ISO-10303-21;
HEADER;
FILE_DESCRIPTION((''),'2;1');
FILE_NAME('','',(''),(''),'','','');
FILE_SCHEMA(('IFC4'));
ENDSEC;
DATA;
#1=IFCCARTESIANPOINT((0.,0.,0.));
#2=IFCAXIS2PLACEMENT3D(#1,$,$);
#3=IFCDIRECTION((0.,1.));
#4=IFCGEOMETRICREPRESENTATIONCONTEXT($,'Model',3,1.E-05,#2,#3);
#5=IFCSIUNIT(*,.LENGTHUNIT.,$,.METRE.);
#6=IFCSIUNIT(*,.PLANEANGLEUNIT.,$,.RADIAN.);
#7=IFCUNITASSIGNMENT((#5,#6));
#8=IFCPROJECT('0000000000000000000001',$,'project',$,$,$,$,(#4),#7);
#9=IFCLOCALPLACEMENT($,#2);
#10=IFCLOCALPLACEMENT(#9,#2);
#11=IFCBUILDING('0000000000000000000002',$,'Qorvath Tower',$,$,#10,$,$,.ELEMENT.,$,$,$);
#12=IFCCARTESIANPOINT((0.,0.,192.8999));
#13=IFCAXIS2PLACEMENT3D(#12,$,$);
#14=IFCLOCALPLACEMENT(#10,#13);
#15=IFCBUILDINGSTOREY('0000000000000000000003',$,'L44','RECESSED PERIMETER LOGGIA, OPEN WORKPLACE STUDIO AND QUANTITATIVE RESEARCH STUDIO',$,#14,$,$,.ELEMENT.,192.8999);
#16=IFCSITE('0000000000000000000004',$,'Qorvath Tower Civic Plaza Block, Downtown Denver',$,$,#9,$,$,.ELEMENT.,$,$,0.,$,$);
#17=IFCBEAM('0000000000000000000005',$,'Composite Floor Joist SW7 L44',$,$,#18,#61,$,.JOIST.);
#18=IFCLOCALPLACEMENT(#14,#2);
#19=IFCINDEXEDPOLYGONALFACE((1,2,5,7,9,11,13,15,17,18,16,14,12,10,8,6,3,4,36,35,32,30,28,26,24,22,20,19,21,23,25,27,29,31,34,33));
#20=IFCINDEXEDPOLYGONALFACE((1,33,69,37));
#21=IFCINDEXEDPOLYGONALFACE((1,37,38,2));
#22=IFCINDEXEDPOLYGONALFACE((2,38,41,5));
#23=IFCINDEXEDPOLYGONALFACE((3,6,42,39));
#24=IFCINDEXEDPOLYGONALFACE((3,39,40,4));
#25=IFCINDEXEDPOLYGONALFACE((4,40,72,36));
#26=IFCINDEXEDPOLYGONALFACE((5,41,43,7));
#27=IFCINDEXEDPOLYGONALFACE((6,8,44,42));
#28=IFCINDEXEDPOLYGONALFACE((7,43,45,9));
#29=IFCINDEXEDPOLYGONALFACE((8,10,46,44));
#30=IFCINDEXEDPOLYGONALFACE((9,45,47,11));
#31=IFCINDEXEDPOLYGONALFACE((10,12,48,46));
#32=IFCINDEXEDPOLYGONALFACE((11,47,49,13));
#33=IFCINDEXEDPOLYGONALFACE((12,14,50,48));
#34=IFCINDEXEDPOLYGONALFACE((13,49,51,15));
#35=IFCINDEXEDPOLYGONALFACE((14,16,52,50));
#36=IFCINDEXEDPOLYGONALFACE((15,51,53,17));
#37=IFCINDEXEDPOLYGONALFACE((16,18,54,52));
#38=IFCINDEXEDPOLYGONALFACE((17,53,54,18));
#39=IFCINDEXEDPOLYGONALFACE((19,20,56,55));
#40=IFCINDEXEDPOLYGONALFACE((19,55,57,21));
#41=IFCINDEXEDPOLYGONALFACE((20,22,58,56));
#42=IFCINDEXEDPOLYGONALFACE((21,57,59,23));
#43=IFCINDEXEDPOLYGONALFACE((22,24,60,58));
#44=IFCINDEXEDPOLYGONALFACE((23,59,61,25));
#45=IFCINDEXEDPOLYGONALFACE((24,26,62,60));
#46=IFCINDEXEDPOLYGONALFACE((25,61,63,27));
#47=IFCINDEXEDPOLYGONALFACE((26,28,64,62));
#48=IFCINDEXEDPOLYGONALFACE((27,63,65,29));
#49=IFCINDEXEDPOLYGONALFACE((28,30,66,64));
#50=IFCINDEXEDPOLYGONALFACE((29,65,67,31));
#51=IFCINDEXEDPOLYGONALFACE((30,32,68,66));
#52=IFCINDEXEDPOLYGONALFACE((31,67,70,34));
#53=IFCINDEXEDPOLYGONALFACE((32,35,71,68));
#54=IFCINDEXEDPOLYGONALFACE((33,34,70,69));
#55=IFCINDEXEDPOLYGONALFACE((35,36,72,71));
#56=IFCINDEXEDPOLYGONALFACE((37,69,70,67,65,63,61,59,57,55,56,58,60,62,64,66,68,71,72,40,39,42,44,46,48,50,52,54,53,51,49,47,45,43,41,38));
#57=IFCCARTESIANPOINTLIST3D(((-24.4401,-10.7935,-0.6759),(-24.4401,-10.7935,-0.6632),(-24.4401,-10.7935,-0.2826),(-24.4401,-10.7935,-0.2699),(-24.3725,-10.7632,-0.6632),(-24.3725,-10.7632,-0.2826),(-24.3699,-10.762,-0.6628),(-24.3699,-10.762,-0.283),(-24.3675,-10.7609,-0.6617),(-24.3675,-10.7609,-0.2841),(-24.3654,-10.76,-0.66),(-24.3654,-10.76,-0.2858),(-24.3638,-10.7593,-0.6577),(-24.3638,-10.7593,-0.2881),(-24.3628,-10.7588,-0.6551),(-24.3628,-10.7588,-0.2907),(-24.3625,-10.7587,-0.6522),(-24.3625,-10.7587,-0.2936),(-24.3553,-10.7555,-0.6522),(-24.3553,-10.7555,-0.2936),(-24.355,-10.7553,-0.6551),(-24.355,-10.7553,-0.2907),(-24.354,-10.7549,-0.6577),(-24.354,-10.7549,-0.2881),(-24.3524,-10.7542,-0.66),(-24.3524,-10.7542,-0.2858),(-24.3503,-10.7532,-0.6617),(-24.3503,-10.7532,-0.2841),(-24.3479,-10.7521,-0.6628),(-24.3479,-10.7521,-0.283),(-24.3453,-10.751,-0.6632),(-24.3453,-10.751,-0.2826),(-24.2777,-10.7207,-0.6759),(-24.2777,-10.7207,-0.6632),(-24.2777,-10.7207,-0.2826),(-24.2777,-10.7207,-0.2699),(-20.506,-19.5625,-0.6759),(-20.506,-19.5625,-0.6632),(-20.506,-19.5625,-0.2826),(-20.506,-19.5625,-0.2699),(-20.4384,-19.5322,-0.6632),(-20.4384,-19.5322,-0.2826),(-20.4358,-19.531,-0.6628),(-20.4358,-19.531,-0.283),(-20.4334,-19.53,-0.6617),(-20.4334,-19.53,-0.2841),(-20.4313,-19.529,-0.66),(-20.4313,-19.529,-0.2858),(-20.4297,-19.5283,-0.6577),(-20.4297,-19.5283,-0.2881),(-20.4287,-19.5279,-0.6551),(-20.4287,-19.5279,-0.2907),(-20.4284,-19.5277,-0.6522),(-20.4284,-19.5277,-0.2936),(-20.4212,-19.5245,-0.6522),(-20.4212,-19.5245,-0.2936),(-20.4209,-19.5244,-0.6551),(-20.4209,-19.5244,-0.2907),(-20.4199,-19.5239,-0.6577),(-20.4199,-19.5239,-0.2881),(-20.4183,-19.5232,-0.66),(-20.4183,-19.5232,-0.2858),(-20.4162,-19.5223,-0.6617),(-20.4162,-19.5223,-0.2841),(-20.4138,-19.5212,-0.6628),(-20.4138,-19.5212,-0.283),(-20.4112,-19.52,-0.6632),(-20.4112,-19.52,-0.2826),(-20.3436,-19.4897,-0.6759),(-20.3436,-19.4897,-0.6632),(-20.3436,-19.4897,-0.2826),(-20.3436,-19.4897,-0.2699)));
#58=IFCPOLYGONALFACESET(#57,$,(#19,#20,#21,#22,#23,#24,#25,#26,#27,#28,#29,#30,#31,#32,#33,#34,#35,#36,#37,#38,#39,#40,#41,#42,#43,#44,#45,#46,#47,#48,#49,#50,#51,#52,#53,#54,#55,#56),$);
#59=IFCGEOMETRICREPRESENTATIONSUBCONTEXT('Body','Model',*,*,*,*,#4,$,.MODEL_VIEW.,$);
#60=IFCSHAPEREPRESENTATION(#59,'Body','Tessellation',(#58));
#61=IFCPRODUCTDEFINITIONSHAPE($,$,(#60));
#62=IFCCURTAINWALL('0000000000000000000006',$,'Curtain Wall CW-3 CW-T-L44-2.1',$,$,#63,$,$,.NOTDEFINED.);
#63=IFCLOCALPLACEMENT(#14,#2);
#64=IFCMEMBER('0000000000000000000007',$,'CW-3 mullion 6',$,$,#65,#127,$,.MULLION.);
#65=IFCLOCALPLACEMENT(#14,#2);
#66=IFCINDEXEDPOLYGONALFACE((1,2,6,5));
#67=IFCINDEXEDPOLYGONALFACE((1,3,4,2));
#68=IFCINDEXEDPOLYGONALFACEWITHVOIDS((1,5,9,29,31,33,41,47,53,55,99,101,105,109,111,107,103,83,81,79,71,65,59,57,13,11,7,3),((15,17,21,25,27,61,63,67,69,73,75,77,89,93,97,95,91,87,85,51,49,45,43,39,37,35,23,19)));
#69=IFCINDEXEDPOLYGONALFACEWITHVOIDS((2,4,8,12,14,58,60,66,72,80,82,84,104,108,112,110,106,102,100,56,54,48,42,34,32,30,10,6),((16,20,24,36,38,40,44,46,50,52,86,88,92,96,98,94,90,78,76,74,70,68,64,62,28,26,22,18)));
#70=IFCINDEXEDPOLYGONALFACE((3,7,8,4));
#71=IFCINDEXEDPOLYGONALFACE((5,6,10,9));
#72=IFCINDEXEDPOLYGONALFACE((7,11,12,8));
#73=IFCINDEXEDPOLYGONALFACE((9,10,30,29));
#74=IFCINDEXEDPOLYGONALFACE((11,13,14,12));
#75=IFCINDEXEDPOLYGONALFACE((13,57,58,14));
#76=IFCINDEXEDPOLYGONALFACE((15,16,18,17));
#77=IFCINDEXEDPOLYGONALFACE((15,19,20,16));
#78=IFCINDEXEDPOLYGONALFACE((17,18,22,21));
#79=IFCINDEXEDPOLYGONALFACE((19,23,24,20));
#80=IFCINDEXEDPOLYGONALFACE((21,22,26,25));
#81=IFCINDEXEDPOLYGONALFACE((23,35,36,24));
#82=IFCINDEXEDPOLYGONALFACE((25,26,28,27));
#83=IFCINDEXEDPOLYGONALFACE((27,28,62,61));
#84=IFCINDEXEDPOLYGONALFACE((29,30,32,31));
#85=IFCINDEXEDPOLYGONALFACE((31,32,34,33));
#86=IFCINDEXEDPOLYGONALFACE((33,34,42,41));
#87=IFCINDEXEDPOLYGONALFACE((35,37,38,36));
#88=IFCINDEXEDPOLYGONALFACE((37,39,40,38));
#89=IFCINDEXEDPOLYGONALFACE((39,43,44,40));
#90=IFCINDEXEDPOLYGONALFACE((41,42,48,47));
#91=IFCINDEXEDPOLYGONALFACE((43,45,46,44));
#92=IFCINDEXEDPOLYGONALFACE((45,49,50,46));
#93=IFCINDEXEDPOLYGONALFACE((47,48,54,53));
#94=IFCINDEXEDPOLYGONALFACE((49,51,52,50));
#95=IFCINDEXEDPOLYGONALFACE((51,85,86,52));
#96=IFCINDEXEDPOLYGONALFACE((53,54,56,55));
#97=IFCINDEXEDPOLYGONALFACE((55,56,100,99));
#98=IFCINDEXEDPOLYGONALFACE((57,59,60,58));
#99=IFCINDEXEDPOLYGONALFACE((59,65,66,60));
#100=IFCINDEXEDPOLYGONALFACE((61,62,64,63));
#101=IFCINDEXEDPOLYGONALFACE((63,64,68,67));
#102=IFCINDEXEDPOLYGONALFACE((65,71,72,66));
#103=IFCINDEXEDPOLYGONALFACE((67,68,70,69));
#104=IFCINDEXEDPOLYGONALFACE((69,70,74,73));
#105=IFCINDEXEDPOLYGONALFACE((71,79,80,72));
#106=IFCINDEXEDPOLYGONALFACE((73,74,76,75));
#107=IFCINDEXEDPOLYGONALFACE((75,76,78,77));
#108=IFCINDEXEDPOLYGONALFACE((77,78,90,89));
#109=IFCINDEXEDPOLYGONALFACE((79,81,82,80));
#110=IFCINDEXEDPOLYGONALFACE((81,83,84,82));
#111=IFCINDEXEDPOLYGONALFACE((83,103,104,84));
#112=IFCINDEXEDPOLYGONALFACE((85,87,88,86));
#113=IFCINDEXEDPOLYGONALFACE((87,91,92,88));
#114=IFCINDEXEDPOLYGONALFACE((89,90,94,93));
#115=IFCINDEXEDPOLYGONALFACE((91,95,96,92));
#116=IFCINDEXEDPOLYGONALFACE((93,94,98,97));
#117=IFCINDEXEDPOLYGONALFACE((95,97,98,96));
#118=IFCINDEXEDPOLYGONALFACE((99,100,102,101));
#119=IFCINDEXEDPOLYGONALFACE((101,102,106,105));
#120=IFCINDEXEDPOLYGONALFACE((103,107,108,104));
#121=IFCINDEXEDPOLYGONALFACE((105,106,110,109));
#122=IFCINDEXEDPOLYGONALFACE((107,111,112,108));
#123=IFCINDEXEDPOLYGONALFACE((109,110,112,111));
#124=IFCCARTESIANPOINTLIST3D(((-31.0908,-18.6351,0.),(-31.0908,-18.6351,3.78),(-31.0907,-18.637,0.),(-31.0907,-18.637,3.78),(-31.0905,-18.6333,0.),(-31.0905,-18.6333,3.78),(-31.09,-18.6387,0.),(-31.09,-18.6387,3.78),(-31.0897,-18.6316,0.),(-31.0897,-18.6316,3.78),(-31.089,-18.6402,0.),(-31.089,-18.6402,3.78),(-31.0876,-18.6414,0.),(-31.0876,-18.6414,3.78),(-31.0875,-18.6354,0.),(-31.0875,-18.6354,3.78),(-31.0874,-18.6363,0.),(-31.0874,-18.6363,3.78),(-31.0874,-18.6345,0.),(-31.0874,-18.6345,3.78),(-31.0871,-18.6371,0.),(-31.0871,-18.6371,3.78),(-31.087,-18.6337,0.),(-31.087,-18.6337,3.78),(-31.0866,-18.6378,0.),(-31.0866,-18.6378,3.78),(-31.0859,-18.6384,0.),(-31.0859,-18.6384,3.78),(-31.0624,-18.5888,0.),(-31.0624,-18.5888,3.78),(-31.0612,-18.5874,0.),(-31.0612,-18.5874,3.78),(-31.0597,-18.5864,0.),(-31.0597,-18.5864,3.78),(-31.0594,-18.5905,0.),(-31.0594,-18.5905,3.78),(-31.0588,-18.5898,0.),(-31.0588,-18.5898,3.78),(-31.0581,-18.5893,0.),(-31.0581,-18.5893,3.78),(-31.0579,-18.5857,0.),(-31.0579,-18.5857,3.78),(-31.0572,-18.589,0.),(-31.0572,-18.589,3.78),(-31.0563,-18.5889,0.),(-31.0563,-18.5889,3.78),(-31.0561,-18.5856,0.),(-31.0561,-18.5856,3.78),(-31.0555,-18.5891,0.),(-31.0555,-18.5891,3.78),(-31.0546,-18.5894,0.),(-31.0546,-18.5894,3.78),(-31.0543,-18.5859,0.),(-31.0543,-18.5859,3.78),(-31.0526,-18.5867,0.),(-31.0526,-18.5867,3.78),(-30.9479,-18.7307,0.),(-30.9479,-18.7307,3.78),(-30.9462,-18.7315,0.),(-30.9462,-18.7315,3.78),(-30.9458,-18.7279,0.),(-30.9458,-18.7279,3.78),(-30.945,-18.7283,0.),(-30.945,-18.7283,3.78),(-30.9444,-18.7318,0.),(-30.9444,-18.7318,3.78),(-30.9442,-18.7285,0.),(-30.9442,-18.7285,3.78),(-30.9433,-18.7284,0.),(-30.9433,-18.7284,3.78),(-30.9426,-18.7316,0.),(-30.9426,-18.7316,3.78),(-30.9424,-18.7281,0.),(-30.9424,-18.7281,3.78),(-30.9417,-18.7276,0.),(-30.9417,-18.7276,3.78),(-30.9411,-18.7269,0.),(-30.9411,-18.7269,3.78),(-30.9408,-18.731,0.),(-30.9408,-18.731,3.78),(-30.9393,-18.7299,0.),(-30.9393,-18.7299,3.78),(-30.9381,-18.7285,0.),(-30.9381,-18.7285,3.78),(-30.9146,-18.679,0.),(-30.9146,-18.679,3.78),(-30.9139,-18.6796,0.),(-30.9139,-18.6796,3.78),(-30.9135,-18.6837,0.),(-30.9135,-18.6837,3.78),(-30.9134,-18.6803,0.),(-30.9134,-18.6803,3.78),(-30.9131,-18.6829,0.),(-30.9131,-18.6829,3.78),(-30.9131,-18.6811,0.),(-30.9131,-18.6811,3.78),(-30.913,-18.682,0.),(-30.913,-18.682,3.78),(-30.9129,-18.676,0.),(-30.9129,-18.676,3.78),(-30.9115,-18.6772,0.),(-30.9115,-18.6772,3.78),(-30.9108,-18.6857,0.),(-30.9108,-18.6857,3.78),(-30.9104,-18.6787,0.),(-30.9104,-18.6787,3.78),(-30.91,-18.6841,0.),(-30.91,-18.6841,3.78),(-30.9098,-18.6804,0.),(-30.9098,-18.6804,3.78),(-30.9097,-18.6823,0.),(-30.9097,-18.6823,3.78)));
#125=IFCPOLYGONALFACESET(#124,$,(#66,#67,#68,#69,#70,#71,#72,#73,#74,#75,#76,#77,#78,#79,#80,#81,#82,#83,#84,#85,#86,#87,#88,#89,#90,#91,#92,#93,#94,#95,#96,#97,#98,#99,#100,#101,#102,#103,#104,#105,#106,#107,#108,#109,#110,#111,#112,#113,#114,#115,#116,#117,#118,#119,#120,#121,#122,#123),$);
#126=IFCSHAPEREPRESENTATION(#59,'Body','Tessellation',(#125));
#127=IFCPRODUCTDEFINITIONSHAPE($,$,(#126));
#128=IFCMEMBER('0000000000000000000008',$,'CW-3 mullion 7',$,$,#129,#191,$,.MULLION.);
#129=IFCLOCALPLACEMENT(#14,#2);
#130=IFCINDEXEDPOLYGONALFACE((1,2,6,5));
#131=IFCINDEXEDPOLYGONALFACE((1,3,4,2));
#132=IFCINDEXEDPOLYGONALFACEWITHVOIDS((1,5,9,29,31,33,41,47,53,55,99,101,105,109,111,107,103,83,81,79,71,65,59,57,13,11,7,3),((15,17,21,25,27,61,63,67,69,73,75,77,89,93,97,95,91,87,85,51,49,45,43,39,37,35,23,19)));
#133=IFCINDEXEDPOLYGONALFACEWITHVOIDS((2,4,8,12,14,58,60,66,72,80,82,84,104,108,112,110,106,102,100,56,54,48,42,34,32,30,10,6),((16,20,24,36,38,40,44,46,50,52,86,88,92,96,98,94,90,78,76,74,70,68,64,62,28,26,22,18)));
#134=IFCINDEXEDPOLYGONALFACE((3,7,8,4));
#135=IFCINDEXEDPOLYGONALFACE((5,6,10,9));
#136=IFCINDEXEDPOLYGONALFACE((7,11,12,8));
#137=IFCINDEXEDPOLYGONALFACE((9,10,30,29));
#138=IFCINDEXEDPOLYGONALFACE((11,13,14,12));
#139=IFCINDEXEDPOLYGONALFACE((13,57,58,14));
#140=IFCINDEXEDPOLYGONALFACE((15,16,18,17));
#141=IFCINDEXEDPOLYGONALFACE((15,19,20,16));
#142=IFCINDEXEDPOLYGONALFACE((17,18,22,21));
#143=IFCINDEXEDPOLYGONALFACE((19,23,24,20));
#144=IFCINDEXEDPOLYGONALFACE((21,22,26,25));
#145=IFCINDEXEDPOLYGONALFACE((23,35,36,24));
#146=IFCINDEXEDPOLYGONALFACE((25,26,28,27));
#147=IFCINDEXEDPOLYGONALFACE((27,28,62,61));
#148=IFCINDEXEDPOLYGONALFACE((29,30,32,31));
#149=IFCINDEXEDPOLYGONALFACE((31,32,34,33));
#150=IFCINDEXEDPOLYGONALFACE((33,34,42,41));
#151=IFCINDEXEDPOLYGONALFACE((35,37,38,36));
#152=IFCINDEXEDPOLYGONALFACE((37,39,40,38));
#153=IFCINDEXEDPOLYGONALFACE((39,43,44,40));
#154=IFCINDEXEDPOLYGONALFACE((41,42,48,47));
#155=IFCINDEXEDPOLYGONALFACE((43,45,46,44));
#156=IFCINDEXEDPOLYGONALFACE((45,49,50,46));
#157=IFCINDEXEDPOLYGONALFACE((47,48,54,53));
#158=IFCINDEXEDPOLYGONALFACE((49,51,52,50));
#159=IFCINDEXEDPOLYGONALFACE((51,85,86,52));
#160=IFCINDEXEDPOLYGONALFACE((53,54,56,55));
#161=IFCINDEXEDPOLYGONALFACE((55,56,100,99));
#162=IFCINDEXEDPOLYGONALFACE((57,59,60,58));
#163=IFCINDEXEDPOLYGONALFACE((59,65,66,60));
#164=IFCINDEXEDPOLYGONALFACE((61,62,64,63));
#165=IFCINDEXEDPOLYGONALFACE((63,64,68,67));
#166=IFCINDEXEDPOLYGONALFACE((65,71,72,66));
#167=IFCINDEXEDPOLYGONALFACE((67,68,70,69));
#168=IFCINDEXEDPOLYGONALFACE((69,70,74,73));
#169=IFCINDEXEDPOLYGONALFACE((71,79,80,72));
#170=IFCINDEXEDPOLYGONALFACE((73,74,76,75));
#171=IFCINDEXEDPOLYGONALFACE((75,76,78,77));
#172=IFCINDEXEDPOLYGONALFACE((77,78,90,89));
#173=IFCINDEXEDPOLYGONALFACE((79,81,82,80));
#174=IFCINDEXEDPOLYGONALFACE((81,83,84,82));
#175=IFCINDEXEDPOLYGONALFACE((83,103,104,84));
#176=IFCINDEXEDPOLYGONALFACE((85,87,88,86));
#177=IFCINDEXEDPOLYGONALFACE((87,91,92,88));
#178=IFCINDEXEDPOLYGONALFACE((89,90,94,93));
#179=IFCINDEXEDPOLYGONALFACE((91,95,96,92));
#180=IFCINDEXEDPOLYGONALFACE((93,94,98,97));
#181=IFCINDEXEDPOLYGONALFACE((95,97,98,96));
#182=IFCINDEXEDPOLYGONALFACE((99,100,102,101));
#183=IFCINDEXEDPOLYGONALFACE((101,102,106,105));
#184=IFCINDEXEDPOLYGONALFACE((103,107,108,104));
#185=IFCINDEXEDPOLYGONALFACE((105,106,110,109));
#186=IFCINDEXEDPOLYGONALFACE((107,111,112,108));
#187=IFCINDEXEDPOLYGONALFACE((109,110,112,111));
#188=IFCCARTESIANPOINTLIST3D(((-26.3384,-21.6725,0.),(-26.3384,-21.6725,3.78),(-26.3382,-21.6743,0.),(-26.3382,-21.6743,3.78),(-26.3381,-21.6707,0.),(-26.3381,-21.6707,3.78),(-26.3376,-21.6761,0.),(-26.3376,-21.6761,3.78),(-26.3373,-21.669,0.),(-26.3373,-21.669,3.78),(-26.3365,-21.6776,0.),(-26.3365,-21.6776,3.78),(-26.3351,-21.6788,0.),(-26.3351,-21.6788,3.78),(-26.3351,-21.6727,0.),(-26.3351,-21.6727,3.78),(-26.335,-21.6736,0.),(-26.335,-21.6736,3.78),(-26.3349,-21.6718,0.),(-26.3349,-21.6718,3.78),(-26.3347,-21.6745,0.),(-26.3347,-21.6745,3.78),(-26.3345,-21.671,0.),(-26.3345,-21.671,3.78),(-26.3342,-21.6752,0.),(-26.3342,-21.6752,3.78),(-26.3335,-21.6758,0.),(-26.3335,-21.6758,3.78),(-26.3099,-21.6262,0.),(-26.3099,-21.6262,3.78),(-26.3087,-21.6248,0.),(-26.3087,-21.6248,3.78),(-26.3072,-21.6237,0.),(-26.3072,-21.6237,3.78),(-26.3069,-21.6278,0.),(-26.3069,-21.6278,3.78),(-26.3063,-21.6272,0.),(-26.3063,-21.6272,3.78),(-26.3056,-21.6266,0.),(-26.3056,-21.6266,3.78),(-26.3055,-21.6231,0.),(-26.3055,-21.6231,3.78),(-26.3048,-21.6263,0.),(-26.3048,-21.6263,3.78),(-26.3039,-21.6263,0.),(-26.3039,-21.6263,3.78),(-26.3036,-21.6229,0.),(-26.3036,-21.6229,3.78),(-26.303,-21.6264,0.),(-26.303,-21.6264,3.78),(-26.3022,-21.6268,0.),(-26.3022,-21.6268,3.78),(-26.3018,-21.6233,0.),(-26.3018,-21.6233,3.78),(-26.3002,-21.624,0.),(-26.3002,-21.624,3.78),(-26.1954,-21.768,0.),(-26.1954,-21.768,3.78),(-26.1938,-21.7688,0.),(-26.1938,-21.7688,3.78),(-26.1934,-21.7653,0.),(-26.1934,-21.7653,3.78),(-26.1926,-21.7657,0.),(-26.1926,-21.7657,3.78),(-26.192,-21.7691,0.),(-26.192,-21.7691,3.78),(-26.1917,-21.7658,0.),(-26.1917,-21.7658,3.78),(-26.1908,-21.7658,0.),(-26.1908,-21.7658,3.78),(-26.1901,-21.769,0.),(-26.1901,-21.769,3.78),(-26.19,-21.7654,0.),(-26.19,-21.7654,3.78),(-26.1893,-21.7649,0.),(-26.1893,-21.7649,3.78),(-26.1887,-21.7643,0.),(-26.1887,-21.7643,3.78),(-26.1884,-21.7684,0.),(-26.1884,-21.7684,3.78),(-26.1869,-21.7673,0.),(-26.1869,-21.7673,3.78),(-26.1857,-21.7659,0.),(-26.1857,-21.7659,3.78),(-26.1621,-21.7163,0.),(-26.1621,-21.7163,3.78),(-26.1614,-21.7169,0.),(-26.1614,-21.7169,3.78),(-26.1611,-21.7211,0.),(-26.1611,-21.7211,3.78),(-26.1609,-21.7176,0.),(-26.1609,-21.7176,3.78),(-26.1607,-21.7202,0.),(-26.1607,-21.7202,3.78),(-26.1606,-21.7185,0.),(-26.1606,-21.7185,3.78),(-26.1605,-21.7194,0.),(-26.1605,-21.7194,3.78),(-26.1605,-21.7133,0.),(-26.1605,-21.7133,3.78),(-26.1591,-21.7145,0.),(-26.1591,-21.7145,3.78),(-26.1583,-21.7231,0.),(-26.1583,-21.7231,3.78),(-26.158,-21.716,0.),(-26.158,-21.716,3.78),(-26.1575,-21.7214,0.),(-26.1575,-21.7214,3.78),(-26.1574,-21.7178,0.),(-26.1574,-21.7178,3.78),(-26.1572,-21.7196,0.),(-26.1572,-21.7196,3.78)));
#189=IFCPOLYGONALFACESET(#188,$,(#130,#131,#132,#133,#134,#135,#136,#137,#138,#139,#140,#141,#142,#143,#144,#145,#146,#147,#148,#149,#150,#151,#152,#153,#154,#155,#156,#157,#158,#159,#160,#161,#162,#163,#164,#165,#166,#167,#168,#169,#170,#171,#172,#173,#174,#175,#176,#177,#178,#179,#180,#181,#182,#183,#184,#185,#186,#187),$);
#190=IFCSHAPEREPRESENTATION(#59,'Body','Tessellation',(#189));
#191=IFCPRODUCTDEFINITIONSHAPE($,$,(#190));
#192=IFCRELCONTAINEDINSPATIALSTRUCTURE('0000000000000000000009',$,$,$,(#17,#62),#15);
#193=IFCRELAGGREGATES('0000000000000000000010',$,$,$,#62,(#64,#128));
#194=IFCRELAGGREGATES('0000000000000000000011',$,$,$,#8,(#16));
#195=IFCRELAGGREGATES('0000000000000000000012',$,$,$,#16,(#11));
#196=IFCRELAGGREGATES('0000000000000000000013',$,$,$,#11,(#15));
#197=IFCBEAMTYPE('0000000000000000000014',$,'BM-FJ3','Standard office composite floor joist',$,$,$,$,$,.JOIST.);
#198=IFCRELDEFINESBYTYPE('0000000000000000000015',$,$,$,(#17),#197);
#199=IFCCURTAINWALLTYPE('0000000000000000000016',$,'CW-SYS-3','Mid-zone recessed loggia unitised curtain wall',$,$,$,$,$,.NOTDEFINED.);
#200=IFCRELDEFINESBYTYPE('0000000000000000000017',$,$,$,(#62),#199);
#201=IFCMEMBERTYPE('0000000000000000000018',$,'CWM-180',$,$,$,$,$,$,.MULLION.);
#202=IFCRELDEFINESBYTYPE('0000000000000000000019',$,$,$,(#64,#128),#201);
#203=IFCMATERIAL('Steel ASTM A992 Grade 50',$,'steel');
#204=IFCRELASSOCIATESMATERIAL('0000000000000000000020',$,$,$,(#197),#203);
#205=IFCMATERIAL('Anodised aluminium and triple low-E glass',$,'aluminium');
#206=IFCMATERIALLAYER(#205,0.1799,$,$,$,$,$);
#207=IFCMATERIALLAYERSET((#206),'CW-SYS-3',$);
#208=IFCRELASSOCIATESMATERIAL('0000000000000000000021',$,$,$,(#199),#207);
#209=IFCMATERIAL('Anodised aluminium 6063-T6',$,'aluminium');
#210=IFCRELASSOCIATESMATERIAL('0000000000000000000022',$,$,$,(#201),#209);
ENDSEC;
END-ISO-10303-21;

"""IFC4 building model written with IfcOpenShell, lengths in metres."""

from ifc_helpers import new_model, si_unit, direction, frame, origin, origin_2d, place, context, subcontext, project, spatial, hollow_rectangle, i_section, extrude, material, layer, layer_set, material_profile, profile_set, type_object, element, aggregate, save


model = new_model("IFC4")

# Units and contexts
model_context = context("Model", 3, precision=1e-05, world=origin(), true_north=direction((0.0, 1.0)))
body_context = subcontext(model_context, "Body", "Model", "MODEL_VIEW")
ifc_project = project(units=[si_unit("LENGTHUNIT", "METRE"), si_unit("PLANEANGLEUNIT", "RADIAN")], contexts=[model_context])

# Site, building, storey
site_placement = place(None, origin())
site = spatial("IfcSite", under=ifc_project, at=site_placement, Name="Qorvath Tower Civic Plaza Block, Downtown Denver", CompositionType="ELEMENT", RefElevation=0.0)
building_placement = place(site_placement, origin())
building = spatial("IfcBuilding", under=site, at=building_placement, Name="Qorvath Tower", CompositionType="ELEMENT")
storey_placement = place(building_placement, frame((0.0, 0.0, 192.8999)))
storey = spatial("IfcBuildingStorey", under=building, at=storey_placement, Name="L44", Description="RECESSED PERIMETER LOGGIA, OPEN WORKPLACE STUDIO AND QUANTITATIVE RESEARCH STUDIO", CompositionType="ELEMENT", Elevation=192.8999)

# Beam
ifc_material_1 = material(Name="Steel ASTM A992 Grade 50", Category="steel")
ifc_material_profile_1 = material_profile(ifc_material_1, i_section(OverallWidth=0.178, OverallDepth=0.406, WebThickness=0.0078, FlangeThickness=0.0127, FilletRadius=0.011, at=origin_2d()), Name="W16x40")
ifc_profile_set_1 = profile_set([ifc_material_profile_1], Name="Steel ASTM A992 Grade 50")
beam_type_1 = type_object("IfcBeamType", Name="BM-FJ3", Description="Standard office composite floor joist", PredefinedType="JOIST", material=ifc_profile_set_1)
beam_1_placement = place(storey_placement, frame((-24.3589, -10.7571, -0.4729), z_axis=(0.409327, -0.912388, 0.0), x_axis=(0.912388, 0.409327, 0.0)))
element("IfcBeam", 1, at=beam_1_placement, inside=storey, type_object=beam_type_1, Name="Composite Floor Joist SW7 L44", PredefinedType="JOIST", context=body_context, shape_type="SweptSolid", body=[
    extrude(i_section(OverallWidth=0.178, OverallDepth=0.406, WebThickness=0.0078, FlangeThickness=0.0127, FilletRadius=0.011, at=origin_2d()), origin(), (0.0, 0.0, 1.0), 9.6111),
])

# Curtain wall, members
ifc_material_2 = material(Name="Anodised aluminium and triple low-E glass", Category="aluminium")
ifc_layer_1 = layer(ifc_material_2, 0.1799)
ifc_layer_set_1 = layer_set([ifc_layer_1], Name="CW-SYS-3")
curtain_wall_type = type_object("IfcCurtainWallType", Name="CW-SYS-3", Description="Mid-zone recessed loggia unitised curtain wall", PredefinedType="NOTDEFINED", material=ifc_layer_set_1)
curtain_wall_placement = place(storey_placement, origin())
curtain_wall = element("IfcCurtainWall", 2, at=curtain_wall_placement, inside=storey, type_object=curtain_wall_type, Name="Curtain Wall CW-3 CW-T-L44-2.1", PredefinedType="NOTDEFINED")
ifc_material_3 = material(Name="Anodised aluminium 6063-T6", Category="aluminium")
ifc_material_profile_2 = material_profile(ifc_material_3, hollow_rectangle(XDim=0.0649, YDim=0.1799, WallThickness=0.0034, InnerFilletRadius=0.0034, OuterFilletRadius=0.0071, at=origin_2d()), Name="CWM 180x65")
ifc_profile_set_2 = profile_set([ifc_material_profile_2], Name="Anodised aluminium 6063-T6")
member_type_1 = type_object("IfcMemberType", Name="CWM-180", PredefinedType="MULLION", material=ifc_profile_set_2)
member_1_placement = place(storey_placement, frame((-31.0002, -18.6587, 0.0), z_axis=(0.0, 0.0, 1.0), x_axis=(0.538534, 0.842604, 0.0)))
member_1 = element("IfcMember", 3, at=member_1_placement, type_object=member_type_1, Name="CW-3 mullion 6", PredefinedType="MULLION", context=body_context, shape_type="SweptSolid", body=[
    extrude(hollow_rectangle(XDim=0.0649, YDim=0.1799, WallThickness=0.0034, InnerFilletRadius=0.0034, OuterFilletRadius=0.0071, at=origin_2d()), origin(), (0.0, 0.0, 1.0), 3.78),
])
member_2_placement = place(storey_placement, frame((-26.2478, -21.696, 0.0), z_axis=(0.0, 0.0, 1.0), x_axis=(0.538534, 0.842604, 0.0)))
member_2 = element("IfcMember", 4, at=member_2_placement, type_object=member_type_1, Name="CW-3 mullion 7", PredefinedType="MULLION", context=body_context, shape_type="SweptSolid", body=[
    extrude(hollow_rectangle(XDim=0.0649, YDim=0.1799, WallThickness=0.0034, InnerFilletRadius=0.0034, OuterFilletRadius=0.0071, at=origin_2d()), origin(), (0.0, 0.0, 1.0), 3.78),
])
aggregate(curtain_wall, [member_1, member_2])

save(model, "model.ifc")
